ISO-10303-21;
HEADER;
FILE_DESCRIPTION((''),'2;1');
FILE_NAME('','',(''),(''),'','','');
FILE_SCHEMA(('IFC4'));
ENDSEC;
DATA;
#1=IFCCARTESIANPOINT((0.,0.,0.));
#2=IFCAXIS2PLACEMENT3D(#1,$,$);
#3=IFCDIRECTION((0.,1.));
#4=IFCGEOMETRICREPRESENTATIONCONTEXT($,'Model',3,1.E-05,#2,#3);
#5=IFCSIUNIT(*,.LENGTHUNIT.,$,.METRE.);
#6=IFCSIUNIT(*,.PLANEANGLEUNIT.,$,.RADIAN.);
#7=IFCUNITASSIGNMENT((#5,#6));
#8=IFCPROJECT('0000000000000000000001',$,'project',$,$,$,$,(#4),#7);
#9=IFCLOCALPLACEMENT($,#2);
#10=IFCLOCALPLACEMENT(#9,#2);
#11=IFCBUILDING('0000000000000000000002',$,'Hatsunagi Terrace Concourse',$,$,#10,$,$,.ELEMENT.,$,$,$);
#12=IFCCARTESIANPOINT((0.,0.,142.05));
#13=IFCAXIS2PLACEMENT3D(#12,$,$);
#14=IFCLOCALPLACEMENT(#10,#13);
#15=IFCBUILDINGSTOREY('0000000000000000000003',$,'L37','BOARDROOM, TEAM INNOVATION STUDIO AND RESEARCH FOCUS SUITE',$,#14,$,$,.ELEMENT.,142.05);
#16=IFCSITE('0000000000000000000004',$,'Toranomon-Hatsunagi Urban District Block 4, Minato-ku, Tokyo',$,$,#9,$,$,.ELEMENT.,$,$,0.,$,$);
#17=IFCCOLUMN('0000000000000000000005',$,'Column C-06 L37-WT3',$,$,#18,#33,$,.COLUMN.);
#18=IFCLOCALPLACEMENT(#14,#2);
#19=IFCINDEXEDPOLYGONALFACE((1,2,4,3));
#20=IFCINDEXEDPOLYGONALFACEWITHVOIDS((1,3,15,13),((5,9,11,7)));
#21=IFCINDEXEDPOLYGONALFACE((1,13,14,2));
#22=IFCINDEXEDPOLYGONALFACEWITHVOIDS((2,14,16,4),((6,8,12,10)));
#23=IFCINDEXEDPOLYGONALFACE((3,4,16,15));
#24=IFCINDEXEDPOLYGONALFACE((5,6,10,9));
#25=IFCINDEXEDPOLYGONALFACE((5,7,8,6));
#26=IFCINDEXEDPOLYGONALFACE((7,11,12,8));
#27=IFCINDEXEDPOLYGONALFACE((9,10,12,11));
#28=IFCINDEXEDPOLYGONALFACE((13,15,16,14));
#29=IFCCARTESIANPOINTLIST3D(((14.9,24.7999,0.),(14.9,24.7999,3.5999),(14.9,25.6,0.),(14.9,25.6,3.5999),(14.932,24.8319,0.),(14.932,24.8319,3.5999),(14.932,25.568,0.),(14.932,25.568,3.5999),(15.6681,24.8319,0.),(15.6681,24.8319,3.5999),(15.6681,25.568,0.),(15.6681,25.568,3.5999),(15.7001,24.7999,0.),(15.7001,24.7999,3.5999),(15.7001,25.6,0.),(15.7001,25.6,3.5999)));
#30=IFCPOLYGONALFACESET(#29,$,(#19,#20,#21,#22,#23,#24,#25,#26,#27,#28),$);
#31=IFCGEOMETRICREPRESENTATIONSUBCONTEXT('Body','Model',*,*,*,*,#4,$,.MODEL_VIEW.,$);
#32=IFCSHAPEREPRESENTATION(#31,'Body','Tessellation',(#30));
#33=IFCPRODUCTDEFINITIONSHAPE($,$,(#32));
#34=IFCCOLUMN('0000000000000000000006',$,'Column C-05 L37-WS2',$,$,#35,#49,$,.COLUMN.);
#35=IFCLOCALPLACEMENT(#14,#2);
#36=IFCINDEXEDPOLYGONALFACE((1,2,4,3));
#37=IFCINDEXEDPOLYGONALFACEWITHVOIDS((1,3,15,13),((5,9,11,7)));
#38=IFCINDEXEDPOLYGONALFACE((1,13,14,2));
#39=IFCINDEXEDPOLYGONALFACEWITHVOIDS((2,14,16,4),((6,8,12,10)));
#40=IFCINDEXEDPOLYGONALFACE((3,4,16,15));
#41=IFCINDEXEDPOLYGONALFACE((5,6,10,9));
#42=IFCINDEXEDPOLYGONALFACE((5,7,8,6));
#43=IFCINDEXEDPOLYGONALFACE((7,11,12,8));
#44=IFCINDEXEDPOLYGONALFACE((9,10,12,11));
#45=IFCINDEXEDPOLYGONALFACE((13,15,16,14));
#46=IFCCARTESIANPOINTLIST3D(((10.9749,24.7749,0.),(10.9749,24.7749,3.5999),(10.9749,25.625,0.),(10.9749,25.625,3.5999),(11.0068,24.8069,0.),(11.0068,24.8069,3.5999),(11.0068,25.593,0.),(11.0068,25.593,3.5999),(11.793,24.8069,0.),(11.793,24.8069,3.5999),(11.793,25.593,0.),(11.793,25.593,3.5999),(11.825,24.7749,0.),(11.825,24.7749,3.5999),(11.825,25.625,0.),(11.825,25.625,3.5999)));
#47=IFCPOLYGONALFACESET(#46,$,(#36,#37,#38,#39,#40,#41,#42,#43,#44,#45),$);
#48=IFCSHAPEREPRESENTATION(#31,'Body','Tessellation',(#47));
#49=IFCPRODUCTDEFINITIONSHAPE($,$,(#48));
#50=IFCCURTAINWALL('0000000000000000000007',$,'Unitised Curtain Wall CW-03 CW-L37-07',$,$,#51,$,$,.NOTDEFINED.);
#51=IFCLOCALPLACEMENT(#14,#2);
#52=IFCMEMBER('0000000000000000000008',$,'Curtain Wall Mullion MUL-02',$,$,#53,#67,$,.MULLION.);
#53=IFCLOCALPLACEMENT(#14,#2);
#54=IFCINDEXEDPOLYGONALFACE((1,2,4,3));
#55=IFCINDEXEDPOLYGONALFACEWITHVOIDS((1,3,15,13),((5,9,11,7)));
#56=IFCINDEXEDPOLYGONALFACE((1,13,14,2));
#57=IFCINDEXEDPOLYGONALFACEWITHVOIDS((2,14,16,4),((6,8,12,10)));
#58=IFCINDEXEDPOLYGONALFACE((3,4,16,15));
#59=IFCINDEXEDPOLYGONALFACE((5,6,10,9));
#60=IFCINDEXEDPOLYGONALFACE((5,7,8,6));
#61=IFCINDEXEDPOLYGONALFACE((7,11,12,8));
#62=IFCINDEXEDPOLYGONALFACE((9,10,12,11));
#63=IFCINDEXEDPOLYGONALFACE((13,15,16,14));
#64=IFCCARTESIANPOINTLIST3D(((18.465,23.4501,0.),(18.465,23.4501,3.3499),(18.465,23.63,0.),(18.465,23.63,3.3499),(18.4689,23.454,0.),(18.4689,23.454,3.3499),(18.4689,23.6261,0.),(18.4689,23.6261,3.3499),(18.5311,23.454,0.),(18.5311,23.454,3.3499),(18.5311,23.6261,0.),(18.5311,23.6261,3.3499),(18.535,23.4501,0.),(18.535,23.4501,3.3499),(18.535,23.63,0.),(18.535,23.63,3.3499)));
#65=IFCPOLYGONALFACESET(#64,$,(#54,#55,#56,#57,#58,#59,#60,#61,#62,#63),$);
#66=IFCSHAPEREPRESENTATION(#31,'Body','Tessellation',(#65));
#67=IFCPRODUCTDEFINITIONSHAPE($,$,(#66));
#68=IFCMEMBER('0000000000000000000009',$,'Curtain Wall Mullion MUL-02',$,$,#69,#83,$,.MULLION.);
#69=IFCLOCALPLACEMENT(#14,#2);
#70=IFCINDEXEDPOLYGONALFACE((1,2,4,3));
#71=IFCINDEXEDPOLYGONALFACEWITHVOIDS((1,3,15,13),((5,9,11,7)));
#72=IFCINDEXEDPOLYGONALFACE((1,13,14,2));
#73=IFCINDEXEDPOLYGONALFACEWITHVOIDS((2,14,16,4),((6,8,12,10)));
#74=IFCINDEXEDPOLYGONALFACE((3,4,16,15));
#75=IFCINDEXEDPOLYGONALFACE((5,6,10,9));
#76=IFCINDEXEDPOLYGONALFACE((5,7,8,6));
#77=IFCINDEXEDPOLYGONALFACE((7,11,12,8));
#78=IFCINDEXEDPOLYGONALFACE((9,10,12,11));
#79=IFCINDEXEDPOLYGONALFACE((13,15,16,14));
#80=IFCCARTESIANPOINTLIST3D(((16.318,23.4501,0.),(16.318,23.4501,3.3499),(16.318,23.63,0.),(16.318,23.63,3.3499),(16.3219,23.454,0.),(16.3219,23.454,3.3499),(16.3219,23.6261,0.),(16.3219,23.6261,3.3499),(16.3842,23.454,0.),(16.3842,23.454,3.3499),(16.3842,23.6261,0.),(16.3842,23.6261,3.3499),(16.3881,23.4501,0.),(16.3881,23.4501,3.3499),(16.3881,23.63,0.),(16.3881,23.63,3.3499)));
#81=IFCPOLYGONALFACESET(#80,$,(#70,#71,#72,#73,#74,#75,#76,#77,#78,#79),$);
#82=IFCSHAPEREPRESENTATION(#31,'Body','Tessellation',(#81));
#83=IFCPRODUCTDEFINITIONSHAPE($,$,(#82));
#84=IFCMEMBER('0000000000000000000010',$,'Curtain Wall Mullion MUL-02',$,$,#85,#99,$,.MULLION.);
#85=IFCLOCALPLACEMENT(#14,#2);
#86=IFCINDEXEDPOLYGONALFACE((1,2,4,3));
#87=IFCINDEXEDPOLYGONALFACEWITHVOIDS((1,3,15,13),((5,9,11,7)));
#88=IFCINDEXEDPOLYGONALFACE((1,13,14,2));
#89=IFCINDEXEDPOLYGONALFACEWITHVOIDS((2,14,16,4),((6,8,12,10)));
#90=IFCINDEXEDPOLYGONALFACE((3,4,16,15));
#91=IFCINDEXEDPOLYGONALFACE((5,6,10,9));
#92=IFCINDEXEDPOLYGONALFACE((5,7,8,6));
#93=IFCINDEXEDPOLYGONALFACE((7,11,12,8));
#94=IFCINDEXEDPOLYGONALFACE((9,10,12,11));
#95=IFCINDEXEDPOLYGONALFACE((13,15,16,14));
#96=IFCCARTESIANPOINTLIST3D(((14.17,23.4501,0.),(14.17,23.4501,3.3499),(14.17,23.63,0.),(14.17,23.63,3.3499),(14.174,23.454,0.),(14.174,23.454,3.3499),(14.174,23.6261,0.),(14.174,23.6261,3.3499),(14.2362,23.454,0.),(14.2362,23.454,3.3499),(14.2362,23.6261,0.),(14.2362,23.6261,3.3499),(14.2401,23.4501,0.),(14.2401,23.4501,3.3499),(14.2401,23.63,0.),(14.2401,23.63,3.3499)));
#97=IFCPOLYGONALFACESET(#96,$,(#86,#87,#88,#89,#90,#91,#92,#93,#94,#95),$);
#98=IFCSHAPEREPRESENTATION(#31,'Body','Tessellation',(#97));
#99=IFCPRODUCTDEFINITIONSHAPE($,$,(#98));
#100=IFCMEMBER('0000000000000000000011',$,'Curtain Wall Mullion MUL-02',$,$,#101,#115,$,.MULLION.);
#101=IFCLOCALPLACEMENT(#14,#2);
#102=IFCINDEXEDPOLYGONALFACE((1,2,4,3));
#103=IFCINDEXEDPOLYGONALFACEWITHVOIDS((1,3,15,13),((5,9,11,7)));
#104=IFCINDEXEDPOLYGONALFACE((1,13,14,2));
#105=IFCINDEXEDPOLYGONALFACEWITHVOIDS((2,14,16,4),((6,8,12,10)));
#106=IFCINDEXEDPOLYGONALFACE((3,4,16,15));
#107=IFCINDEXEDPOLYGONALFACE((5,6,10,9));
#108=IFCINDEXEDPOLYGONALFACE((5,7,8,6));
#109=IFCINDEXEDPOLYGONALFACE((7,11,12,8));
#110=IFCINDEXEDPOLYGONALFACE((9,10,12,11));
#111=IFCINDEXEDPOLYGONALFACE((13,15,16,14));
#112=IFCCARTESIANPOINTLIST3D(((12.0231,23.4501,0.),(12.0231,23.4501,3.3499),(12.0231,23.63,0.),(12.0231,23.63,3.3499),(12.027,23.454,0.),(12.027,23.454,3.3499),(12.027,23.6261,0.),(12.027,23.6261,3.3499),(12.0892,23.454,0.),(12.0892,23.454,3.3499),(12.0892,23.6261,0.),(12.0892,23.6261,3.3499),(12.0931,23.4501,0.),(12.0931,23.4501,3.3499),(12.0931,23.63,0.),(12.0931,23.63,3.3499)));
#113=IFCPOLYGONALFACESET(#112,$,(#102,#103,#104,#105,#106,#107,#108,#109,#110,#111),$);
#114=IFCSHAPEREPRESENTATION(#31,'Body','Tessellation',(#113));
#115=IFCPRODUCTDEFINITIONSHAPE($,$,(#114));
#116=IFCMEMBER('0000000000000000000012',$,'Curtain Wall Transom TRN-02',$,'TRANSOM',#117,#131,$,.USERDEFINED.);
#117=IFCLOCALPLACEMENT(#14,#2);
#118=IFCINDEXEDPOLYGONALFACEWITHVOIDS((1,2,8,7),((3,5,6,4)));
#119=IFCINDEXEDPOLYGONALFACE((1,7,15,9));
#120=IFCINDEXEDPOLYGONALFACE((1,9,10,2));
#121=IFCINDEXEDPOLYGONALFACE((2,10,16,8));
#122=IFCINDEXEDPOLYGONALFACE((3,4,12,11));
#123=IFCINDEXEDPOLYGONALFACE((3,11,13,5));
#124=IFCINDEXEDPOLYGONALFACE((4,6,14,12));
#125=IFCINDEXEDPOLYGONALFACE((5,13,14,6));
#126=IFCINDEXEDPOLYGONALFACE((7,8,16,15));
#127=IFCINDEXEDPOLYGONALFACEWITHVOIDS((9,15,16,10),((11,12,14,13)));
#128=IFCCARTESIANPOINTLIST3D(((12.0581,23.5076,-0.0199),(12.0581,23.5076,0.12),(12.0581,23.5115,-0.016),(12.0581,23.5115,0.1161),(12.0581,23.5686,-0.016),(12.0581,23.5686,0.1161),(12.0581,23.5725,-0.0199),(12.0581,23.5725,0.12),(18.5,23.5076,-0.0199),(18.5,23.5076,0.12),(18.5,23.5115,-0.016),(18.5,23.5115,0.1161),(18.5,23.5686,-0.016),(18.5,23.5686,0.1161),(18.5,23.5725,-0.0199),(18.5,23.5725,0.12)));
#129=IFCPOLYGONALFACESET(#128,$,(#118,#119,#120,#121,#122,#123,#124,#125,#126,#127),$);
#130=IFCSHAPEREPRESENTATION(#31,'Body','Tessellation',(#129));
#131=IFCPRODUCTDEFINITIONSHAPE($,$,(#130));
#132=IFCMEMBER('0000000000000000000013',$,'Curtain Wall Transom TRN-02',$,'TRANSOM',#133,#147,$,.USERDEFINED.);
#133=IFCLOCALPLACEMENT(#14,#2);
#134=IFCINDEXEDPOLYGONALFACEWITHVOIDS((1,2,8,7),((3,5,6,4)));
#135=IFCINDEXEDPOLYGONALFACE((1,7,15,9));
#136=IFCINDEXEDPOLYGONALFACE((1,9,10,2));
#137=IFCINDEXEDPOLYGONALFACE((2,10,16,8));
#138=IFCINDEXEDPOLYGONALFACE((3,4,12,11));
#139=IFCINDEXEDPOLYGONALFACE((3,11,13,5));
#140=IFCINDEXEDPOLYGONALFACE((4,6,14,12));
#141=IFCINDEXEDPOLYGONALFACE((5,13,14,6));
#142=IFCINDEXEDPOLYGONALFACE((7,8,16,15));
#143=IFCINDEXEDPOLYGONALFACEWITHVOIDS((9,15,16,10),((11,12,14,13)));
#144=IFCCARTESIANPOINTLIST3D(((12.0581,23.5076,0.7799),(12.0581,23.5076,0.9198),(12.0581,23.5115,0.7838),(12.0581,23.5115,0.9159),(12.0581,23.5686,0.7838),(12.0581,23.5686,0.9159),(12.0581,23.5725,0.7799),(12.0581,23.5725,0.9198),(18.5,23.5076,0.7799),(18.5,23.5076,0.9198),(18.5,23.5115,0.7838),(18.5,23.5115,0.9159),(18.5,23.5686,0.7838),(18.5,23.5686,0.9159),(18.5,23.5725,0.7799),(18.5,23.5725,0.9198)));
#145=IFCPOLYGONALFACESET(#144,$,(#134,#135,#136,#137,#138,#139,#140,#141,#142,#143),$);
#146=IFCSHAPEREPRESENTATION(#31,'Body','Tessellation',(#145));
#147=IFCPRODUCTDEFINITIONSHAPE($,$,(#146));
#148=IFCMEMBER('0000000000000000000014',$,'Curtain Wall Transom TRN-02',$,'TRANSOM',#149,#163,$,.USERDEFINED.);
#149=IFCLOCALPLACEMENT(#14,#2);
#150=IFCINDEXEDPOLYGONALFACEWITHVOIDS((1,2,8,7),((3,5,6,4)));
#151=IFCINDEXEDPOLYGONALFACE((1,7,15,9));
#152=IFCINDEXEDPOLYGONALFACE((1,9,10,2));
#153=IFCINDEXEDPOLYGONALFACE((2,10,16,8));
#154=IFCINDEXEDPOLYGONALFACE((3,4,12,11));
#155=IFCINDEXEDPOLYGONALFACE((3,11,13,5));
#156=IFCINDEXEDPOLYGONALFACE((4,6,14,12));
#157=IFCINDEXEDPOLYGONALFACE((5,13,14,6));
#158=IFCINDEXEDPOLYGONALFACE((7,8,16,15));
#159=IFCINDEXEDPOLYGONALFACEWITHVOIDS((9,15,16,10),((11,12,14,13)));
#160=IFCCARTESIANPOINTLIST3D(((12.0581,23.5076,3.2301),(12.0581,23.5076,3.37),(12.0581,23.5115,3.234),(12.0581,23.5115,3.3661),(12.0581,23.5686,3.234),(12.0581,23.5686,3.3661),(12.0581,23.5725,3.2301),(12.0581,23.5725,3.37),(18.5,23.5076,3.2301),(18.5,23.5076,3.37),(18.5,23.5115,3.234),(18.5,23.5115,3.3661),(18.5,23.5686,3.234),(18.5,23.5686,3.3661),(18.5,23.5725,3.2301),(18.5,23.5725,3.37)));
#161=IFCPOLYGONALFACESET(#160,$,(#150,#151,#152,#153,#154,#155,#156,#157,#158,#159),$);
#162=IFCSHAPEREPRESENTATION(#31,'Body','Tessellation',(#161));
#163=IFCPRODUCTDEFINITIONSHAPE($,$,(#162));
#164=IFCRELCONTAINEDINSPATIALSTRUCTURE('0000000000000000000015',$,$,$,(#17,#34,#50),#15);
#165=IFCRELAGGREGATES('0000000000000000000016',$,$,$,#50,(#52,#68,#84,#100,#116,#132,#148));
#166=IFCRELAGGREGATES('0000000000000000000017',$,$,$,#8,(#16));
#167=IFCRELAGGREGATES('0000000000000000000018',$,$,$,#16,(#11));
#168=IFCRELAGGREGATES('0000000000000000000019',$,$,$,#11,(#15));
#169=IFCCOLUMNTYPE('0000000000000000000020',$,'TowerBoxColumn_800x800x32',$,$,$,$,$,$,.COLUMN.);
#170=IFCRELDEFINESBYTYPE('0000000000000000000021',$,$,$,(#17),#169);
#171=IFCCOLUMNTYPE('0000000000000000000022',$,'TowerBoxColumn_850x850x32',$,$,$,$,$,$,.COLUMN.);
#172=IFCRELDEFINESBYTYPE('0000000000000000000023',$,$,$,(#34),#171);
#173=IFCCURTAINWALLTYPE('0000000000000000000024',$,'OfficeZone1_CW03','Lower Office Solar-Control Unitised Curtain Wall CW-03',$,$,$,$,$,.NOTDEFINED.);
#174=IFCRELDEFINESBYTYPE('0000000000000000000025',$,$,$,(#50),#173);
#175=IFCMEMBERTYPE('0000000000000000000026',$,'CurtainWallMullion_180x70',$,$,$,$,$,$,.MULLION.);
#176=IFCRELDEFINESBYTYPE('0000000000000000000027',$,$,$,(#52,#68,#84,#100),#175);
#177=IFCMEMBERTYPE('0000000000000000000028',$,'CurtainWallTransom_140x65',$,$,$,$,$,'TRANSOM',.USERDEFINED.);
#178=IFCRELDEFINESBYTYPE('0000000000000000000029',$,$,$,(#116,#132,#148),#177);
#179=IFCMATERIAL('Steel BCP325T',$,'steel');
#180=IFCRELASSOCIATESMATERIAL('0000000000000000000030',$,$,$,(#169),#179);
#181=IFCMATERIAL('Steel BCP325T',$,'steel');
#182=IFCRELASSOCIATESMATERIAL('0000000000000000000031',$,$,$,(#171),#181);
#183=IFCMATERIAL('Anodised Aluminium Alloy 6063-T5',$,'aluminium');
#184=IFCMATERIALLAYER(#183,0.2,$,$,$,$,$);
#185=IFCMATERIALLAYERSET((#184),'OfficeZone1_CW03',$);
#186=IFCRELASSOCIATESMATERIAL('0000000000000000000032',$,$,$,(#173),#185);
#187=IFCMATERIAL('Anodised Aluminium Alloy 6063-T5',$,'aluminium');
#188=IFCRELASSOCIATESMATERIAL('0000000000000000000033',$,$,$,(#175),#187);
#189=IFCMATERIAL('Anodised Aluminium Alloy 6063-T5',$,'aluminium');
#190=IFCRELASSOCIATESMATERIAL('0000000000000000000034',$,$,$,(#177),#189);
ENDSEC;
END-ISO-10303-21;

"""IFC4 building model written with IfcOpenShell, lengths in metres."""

from ifc_helpers import new_model, si_unit, direction, frame, origin, origin_2d, place, context, subcontext, project, spatial, hollow_rectangle, extrude, material, layer, layer_set, material_profile, profile_set, type_object, element, aggregate, save


model = new_model("IFC4")

# Units and contexts
model_context = context("Model", 3, precision=1e-05, world=origin(), true_north=direction((0.0, 1.0)))
body_context = subcontext(model_context, "Body", "Model", "MODEL_VIEW")
ifc_project = project(units=[si_unit("LENGTHUNIT", "METRE"), si_unit("PLANEANGLEUNIT", "RADIAN")], contexts=[model_context])

# Site, building, storey
site_placement = place(None, origin())
site = spatial("IfcSite", under=ifc_project, at=site_placement, Name="Toranomon-Hatsunagi Urban District Block 4, Minato-ku, Tokyo", CompositionType="ELEMENT", RefElevation=0.0)
building_placement = place(site_placement, origin())
building = spatial("IfcBuilding", under=site, at=building_placement, Name="Hatsunagi Terrace Concourse", CompositionType="ELEMENT")
storey_placement = place(building_placement, frame((0.0, 0.0, 142.05)))
storey = spatial("IfcBuildingStorey", under=building, at=storey_placement, Name="L37", Description="BOARDROOM, TEAM INNOVATION STUDIO AND RESEARCH FOCUS SUITE", CompositionType="ELEMENT", Elevation=142.05)

# Columns
ifc_material_1 = material(Name="Steel BCP325T", Category="steel")
ifc_material_profile_1 = material_profile(ifc_material_1, hollow_rectangle(XDim=0.8, YDim=0.8, WallThickness=0.032, at=origin_2d()), Name="BCP-800x800x32")
ifc_profile_set_1 = profile_set([ifc_material_profile_1], Name="Steel BCP325T")
column_type_1 = type_object("IfcColumnType", Name="TowerBoxColumn_800x800x32", PredefinedType="COLUMN", material=ifc_profile_set_1)
column_1_placement = place(storey_placement, frame((15.3, 25.2, 0.0), z_axis=(0.0, 0.0, 1.0), x_axis=(1.0, 0.0, 0.0)))
element("IfcColumn", 1, at=column_1_placement, inside=storey, type_object=column_type_1, Name="Column C-06 L37-WT3", PredefinedType="COLUMN", context=body_context, shape_type="SweptSolid", body=[
    extrude(hollow_rectangle(XDim=0.8, YDim=0.8, WallThickness=0.032, at=origin_2d()), origin(), (0.0, 0.0, 1.0), 3.5999),
])
ifc_material_2 = material(Name="Steel BCP325T", Category="steel")
ifc_material_profile_2 = material_profile(ifc_material_2, hollow_rectangle(XDim=0.8501, YDim=0.8501, WallThickness=0.032, at=origin_2d()), Name="BCP-850x850x32")
ifc_profile_set_2 = profile_set([ifc_material_profile_2], Name="Steel BCP325T")
column_type_2 = type_object("IfcColumnType", Name="TowerBoxColumn_850x850x32", PredefinedType="COLUMN", material=ifc_profile_set_2)
column_2_placement = place(storey_placement, frame((11.3999, 25.2, 0.0), z_axis=(0.0, 0.0, 1.0), x_axis=(1.0, 0.0, 0.0)))
element("IfcColumn", 2, at=column_2_placement, inside=storey, type_object=column_type_2, Name="Column C-05 L37-WS2", PredefinedType="COLUMN", context=body_context, shape_type="SweptSolid", body=[
    extrude(hollow_rectangle(XDim=0.8501, YDim=0.8501, WallThickness=0.032, at=origin_2d()), origin(), (0.0, 0.0, 1.0), 3.5999),
])

# Curtain wall, members
ifc_material_3 = material(Name="Anodised Aluminium Alloy 6063-T5", Category="aluminium")
ifc_layer_1 = layer(ifc_material_3, 0.2)
ifc_layer_set_1 = layer_set([ifc_layer_1], Name="OfficeZone1_CW03")
curtain_wall_type = type_object("IfcCurtainWallType", Name="OfficeZone1_CW03", Description="Lower Office Solar-Control Unitised Curtain Wall CW-03", PredefinedType="NOTDEFINED", material=ifc_layer_set_1)
curtain_wall_placement = place(storey_placement, origin())
curtain_wall = element("IfcCurtainWall", 3, at=curtain_wall_placement, inside=storey, type_object=curtain_wall_type, Name="Unitised Curtain Wall CW-03 CW-L37-07", PredefinedType="NOTDEFINED")
ifc_material_4 = material(Name="Anodised Aluminium Alloy 6063-T5", Category="aluminium")
ifc_material_profile_3 = material_profile(ifc_material_4, hollow_rectangle(XDim=0.0701, YDim=0.1799, WallThickness=0.0039, at=origin_2d()), Name="ALU-MUL-180x70x4")
ifc_profile_set_3 = profile_set([ifc_material_profile_3], Name="Anodised Aluminium Alloy 6063-T5")
member_type_1 = type_object("IfcMemberType", Name="CurtainWallMullion_180x70", PredefinedType="MULLION", material=ifc_profile_set_3)
member_1_placement = place(storey_placement, frame((18.5, 23.54, 0.0), z_axis=(0.0, 0.0, 1.0), x_axis=(-1.0, 0.0, 0.0)))
member_1 = element("IfcMember", 4, at=member_1_placement, type_object=member_type_1, Name="Curtain Wall Mullion MUL-02", PredefinedType="MULLION", context=body_context, shape_type="SweptSolid", body=[
    extrude(hollow_rectangle(XDim=0.0701, YDim=0.1799, WallThickness=0.0039, at=origin_2d()), origin(), (0.0, 0.0, 1.0), 3.3499),
])
member_2_placement = place(storey_placement, frame((16.353, 23.54, 0.0), z_axis=(0.0, 0.0, 1.0), x_axis=(-1.0, 0.0, 0.0)))
member_2 = element("IfcMember", 5, at=member_2_placement, type_object=member_type_1, Name="Curtain Wall Mullion MUL-02", PredefinedType="MULLION", context=body_context, shape_type="SweptSolid", body=[
    extrude(hollow_rectangle(XDim=0.0701, YDim=0.1799, WallThickness=0.0039, at=origin_2d()), origin(), (0.0, 0.0, 1.0), 3.3499),
])
member_3_placement = place(storey_placement, frame((14.2051, 23.54, 0.0), z_axis=(0.0, 0.0, 1.0), x_axis=(-1.0, 0.0, 0.0)))
member_3 = element("IfcMember", 6, at=member_3_placement, type_object=member_type_1, Name="Curtain Wall Mullion MUL-02", PredefinedType="MULLION", context=body_context, shape_type="SweptSolid", body=[
    extrude(hollow_rectangle(XDim=0.0701, YDim=0.1799, WallThickness=0.0039, at=origin_2d()), origin(), (0.0, 0.0, 1.0), 3.3499),
])
member_4_placement = place(storey_placement, frame((12.0581, 23.54, 0.0), z_axis=(0.0, 0.0, 1.0), x_axis=(-1.0, 0.0, 0.0)))
member_4 = element("IfcMember", 7, at=member_4_placement, type_object=member_type_1, Name="Curtain Wall Mullion MUL-02", PredefinedType="MULLION", context=body_context, shape_type="SweptSolid", body=[
    extrude(hollow_rectangle(XDim=0.0701, YDim=0.1799, WallThickness=0.0039, at=origin_2d()), origin(), (0.0, 0.0, 1.0), 3.3499),
])
ifc_material_5 = material(Name="Anodised Aluminium Alloy 6063-T5", Category="aluminium")
ifc_material_profile_4 = material_profile(ifc_material_5, hollow_rectangle(XDim=0.0649, YDim=0.1399, WallThickness=0.0039, at=origin_2d()), Name="ALU-TRN-140x65x4")
ifc_profile_set_4 = profile_set([ifc_material_profile_4], Name="Anodised Aluminium Alloy 6063-T5")
member_type_2 = type_object("IfcMemberType", Name="CurtainWallTransom_140x65", ElementType="TRANSOM", PredefinedType="USERDEFINED", material=ifc_profile_set_4)
member_5_placement = place(storey_placement, frame((18.5, 23.54, 0.05), z_axis=(-1.0, 0.0, 0.0), x_axis=(0.0, -1.0, 0.0)))
member_5 = element("IfcMember", 8, at=member_5_placement, type_object=member_type_2, Name="Curtain Wall Transom TRN-02", ObjectType="TRANSOM", PredefinedType="USERDEFINED", context=body_context, shape_type="SweptSolid", body=[
    extrude(hollow_rectangle(XDim=0.0649, YDim=0.1399, WallThickness=0.0039, at=origin_2d()), origin(), (0.0, 0.0, 1.0), 6.4419),
])
member_6_placement = place(storey_placement, frame((18.5, 23.54, 0.8499), z_axis=(-1.0, 0.0, 0.0), x_axis=(0.0, -1.0, 0.0)))
member_6 = element("IfcMember", 9, at=member_6_placement, type_object=member_type_2, Name="Curtain Wall Transom TRN-02", ObjectType="TRANSOM", PredefinedType="USERDEFINED", context=body_context, shape_type="SweptSolid", body=[
    extrude(hollow_rectangle(XDim=0.0649, YDim=0.1399, WallThickness=0.0039, at=origin_2d()), origin(), (0.0, 0.0, 1.0), 6.4419),
])
member_7_placement = place(storey_placement, frame((18.5, 23.54, 3.3), z_axis=(-1.0, 0.0, 0.0), x_axis=(0.0, -1.0, 0.0)))
member_7 = element("IfcMember", 10, at=member_7_placement, type_object=member_type_2, Name="Curtain Wall Transom TRN-02", ObjectType="TRANSOM", PredefinedType="USERDEFINED", context=body_context, shape_type="SweptSolid", body=[
    extrude(hollow_rectangle(XDim=0.0649, YDim=0.1399, WallThickness=0.0039, at=origin_2d()), origin(), (0.0, 0.0, 1.0), 6.4419),
])

aggregate(curtain_wall, [member_1, member_2, member_3, member_4, member_5, member_6, member_7])

save(model, "model.ifc")
